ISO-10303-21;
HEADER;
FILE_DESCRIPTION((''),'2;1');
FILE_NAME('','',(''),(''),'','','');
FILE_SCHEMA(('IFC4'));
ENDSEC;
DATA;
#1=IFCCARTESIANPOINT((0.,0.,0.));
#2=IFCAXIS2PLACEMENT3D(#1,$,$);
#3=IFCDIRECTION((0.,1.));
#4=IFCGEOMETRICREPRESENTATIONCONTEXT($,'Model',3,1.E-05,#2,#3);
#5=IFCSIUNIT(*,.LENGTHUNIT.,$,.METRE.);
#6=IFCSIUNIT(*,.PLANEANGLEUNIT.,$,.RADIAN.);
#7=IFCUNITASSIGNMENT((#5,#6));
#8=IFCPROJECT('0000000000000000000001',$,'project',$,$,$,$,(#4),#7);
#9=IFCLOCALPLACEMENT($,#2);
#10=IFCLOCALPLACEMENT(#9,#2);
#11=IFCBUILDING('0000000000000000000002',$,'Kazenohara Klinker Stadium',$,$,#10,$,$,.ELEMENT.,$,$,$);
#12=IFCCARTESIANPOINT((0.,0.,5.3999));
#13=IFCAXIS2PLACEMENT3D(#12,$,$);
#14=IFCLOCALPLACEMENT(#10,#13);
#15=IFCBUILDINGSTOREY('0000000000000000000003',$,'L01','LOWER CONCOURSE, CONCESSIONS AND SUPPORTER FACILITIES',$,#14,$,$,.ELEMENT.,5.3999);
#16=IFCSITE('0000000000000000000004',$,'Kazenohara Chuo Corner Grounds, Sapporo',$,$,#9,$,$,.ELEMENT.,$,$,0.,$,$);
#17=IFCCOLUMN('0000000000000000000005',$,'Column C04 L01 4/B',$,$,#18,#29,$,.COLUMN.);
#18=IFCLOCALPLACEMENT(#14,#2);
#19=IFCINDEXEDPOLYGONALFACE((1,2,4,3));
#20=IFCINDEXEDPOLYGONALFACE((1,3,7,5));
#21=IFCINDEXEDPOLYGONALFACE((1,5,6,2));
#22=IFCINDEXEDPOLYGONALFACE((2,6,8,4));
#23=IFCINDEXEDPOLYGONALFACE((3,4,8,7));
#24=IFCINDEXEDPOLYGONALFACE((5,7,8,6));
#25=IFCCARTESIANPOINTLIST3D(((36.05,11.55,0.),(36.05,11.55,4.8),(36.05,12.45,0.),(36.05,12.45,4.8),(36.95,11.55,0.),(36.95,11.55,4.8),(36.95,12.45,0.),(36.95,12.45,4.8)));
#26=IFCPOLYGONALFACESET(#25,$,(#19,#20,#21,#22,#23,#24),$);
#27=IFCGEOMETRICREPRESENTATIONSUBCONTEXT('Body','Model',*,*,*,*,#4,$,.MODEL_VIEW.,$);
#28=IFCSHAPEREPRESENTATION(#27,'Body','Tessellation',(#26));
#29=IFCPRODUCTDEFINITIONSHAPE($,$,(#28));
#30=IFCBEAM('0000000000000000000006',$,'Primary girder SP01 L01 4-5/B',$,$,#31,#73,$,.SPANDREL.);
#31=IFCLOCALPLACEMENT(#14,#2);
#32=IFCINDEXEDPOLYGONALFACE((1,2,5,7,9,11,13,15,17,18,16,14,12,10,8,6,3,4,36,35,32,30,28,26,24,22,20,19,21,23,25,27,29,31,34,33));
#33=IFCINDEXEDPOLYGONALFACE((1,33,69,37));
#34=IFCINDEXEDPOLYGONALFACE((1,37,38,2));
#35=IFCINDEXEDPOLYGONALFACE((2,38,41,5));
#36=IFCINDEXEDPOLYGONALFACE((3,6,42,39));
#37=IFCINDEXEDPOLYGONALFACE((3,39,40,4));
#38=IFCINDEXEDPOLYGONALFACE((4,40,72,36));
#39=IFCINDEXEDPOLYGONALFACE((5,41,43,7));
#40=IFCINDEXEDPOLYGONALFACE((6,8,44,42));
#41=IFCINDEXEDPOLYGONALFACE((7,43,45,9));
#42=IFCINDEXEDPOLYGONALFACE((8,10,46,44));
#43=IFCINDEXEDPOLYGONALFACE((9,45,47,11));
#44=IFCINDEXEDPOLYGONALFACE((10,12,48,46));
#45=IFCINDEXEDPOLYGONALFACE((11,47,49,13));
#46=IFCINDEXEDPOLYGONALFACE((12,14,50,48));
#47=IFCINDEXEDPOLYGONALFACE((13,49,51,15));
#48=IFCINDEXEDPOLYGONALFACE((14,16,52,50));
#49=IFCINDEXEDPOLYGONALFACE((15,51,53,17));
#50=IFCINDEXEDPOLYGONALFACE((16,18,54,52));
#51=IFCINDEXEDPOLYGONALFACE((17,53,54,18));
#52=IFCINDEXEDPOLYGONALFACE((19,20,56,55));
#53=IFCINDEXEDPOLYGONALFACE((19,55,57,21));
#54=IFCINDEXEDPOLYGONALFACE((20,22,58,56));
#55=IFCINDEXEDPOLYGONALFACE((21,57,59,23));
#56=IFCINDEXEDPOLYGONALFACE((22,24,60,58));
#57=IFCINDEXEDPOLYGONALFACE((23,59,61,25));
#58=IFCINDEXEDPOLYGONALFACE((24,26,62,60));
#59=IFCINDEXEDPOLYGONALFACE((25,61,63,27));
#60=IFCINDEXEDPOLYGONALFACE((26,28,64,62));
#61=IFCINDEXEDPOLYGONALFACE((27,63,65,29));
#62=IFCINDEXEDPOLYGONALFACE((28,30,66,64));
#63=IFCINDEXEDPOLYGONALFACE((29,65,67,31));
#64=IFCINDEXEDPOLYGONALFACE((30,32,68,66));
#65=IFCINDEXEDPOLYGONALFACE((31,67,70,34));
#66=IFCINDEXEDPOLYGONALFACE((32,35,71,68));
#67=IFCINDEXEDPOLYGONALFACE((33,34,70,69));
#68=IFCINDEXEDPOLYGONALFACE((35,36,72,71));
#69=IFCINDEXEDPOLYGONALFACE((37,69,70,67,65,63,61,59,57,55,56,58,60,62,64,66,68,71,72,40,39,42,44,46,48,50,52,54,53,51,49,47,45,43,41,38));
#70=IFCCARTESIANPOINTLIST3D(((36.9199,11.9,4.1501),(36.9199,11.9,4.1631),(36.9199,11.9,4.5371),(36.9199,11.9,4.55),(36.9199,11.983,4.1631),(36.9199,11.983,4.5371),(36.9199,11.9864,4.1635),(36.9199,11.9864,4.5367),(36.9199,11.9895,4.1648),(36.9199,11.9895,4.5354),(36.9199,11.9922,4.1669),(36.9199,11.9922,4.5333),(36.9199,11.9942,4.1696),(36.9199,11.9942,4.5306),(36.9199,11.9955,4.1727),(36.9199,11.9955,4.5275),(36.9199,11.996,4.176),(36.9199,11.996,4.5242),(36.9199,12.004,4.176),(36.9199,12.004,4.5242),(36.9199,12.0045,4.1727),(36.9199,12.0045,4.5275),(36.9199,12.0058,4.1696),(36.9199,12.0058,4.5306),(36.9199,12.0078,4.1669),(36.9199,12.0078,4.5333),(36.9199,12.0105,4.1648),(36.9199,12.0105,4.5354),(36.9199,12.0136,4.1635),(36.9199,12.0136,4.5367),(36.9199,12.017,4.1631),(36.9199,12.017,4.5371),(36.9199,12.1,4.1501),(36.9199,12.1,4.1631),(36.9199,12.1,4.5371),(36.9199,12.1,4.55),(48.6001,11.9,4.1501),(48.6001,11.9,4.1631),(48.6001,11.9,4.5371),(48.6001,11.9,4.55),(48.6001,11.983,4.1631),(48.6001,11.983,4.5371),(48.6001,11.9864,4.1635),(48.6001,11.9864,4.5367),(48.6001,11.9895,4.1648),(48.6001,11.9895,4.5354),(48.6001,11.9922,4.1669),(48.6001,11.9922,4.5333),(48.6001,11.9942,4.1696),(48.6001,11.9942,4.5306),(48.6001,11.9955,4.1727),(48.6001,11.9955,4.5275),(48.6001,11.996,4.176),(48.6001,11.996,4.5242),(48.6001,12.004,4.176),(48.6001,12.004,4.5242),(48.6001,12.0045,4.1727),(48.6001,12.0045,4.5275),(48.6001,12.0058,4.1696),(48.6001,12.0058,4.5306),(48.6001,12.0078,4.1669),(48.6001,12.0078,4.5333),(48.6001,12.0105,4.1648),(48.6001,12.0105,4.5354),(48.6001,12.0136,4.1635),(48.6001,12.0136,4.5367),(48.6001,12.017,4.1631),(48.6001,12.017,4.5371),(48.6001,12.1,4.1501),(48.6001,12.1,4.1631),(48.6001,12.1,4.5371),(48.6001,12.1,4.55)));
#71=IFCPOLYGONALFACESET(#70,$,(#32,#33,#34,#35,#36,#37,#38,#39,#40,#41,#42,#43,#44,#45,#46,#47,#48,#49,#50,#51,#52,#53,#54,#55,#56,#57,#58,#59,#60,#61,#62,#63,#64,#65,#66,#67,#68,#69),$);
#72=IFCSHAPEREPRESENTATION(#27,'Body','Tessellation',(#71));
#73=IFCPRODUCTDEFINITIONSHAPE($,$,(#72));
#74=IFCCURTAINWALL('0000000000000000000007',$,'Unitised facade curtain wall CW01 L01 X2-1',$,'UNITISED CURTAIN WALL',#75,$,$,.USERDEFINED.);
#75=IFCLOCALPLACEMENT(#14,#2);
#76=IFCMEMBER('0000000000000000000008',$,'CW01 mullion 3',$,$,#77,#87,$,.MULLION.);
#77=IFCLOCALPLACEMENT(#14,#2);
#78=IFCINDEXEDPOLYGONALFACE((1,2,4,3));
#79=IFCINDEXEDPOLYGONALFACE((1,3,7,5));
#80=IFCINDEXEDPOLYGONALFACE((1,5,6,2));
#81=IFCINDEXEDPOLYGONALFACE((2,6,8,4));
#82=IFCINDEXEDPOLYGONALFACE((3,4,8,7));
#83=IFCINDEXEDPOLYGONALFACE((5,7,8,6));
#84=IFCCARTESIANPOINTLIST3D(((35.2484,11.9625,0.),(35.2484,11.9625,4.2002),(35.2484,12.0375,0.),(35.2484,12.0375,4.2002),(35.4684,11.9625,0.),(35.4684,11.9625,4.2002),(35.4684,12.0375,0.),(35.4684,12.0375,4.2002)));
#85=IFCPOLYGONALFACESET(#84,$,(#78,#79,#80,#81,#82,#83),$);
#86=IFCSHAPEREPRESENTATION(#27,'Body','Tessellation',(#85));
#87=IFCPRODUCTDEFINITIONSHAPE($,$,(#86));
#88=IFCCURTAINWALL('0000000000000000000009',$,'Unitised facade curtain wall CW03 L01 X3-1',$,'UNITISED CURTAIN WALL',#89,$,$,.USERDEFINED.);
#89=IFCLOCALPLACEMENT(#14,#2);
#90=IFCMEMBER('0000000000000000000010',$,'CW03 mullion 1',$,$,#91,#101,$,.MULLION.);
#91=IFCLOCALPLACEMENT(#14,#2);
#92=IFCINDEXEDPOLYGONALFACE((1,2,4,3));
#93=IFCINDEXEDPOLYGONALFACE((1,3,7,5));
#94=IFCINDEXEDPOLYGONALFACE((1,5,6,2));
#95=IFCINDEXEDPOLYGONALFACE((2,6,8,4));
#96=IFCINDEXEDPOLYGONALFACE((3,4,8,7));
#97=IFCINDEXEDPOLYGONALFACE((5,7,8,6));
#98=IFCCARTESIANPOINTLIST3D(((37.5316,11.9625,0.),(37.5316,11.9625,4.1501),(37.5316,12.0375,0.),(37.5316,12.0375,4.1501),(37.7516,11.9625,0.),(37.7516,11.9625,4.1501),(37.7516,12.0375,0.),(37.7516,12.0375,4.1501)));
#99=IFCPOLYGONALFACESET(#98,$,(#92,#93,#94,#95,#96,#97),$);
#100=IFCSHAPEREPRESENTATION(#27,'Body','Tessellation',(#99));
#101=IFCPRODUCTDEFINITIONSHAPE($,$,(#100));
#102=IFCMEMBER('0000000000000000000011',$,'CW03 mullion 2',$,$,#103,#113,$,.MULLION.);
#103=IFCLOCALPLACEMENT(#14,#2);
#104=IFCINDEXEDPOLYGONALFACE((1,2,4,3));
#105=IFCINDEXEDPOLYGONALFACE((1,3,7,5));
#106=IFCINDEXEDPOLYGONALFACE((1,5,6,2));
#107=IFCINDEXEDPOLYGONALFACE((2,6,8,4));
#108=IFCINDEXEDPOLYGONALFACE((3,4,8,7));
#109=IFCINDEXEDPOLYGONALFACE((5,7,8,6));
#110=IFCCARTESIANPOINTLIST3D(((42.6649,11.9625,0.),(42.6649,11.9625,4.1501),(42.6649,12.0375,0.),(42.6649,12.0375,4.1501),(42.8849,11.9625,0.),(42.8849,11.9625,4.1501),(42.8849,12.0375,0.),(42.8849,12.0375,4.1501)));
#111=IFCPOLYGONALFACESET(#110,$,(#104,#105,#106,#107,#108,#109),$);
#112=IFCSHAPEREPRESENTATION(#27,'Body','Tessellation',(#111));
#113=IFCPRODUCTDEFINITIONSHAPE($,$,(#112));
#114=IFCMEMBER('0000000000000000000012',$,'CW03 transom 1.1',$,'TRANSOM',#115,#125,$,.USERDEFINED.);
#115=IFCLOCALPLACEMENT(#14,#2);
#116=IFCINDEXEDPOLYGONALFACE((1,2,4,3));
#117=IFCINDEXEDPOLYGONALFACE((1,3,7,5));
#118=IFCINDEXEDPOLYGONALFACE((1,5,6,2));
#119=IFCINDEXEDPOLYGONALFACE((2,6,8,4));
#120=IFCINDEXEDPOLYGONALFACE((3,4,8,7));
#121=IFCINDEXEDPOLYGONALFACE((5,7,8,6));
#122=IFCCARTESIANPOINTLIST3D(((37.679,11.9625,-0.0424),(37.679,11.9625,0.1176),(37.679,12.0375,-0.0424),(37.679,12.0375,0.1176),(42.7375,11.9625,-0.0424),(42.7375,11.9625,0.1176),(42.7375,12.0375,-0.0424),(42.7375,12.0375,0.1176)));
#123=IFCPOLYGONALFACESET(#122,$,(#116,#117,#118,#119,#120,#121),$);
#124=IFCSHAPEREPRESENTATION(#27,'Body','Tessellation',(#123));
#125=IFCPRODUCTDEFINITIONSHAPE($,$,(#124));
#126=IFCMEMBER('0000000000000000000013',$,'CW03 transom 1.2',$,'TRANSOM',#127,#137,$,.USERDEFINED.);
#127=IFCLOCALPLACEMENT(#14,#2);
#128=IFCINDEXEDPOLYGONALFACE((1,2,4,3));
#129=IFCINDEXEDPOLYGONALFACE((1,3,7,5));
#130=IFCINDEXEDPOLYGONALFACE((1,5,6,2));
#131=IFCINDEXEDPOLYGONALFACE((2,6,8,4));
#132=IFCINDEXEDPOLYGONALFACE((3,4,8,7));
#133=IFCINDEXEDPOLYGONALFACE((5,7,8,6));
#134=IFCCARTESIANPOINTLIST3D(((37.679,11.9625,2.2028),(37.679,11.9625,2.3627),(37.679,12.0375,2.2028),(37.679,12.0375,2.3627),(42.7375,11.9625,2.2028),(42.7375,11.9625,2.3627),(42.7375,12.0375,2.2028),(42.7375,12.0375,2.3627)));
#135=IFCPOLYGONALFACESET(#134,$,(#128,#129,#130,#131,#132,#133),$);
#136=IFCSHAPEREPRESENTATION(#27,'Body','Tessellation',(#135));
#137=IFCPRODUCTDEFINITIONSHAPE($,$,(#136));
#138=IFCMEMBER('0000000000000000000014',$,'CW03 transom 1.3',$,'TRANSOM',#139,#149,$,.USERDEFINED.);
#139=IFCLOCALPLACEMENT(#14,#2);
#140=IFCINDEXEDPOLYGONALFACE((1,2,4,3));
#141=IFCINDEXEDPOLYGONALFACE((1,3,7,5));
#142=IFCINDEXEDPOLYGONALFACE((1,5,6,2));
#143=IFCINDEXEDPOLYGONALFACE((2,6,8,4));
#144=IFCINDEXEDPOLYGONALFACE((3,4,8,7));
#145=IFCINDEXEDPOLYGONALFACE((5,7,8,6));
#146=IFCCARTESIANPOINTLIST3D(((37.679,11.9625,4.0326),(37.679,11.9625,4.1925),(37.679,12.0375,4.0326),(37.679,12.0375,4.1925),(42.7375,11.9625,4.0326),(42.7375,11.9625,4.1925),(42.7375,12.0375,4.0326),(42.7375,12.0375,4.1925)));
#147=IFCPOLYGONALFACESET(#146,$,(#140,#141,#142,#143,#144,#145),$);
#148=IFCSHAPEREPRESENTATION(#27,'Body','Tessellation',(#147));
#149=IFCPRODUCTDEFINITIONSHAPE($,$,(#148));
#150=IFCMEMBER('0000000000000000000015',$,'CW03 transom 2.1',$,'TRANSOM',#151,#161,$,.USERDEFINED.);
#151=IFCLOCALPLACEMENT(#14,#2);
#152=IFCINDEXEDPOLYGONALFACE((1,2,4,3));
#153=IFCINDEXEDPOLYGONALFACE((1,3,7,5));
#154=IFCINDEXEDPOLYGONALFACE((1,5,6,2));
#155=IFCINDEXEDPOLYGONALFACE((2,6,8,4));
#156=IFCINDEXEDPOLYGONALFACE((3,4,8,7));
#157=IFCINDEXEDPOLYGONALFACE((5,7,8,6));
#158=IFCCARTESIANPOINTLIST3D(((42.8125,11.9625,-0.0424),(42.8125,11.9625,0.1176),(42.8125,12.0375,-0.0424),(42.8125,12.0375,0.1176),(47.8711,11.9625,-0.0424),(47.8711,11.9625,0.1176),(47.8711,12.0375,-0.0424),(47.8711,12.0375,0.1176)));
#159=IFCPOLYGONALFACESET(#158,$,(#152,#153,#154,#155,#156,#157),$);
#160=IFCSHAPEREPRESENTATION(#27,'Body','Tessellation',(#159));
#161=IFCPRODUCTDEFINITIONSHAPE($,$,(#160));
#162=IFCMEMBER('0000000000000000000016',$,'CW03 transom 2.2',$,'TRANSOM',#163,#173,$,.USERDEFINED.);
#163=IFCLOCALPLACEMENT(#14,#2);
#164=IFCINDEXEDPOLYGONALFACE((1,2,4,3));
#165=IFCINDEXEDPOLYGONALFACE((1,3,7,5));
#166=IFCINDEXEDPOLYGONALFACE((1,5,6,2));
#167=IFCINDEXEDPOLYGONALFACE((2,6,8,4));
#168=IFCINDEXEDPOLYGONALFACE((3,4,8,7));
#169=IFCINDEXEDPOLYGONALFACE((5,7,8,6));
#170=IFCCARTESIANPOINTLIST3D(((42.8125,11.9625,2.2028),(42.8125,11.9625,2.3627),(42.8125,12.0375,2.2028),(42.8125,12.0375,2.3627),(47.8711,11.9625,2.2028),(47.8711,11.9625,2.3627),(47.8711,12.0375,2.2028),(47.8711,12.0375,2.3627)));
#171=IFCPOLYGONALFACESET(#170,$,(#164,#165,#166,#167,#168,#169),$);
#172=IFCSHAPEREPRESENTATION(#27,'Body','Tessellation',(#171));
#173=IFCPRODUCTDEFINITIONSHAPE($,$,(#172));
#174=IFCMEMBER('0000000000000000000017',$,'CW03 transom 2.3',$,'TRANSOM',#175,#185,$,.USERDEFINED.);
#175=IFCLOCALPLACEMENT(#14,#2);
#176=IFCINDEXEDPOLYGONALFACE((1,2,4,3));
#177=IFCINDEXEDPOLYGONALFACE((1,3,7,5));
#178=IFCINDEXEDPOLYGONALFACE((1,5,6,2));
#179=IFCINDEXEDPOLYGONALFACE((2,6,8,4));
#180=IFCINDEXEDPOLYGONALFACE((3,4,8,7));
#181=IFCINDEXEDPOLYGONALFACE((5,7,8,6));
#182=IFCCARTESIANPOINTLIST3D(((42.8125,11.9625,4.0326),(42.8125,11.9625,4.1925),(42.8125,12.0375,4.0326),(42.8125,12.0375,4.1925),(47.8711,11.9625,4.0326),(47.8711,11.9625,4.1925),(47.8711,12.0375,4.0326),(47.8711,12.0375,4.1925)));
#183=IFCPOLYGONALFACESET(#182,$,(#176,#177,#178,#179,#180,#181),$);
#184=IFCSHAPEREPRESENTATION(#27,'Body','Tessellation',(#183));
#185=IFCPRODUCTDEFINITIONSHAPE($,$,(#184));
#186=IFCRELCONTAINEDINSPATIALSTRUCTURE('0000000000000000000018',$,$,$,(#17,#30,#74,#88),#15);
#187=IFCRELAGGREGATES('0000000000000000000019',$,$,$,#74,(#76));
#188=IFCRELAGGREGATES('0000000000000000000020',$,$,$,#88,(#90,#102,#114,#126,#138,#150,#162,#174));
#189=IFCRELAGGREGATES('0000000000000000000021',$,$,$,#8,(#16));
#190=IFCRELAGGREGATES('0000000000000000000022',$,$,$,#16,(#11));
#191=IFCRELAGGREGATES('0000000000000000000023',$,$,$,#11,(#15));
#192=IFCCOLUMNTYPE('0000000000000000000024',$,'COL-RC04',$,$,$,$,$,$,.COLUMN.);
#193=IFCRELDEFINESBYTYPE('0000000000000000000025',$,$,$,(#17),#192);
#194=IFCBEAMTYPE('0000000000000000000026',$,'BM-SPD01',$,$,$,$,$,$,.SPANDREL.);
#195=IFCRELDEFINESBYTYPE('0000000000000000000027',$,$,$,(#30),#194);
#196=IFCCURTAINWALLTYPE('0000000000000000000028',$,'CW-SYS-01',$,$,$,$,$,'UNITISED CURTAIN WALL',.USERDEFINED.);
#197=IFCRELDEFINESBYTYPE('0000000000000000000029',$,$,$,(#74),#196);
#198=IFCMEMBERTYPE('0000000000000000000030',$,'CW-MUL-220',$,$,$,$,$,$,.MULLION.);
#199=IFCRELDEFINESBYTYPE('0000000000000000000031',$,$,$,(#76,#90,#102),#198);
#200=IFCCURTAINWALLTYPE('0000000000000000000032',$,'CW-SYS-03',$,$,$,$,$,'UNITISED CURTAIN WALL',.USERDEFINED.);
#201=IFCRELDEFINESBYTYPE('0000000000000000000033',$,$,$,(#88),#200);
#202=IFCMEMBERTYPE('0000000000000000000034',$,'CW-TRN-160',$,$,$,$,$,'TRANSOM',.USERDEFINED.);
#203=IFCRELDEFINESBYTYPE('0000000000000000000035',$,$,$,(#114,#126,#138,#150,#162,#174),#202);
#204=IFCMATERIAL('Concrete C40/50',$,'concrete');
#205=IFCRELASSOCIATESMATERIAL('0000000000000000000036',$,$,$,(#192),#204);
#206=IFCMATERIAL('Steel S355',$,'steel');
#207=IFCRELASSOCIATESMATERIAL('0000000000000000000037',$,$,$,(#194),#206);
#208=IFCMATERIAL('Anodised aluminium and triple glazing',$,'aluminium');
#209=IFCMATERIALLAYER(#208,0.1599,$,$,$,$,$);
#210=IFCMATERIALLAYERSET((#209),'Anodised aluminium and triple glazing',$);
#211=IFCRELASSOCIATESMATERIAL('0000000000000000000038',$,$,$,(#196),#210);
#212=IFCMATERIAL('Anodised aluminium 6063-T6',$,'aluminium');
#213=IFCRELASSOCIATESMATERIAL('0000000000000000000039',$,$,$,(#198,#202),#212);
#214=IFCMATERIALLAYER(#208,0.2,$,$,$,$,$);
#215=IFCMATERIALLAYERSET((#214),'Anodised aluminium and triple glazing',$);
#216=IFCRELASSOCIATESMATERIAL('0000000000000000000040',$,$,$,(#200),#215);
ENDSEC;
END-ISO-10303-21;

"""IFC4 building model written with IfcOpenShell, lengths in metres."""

from ifc_helpers import new_model, si_unit, direction, frame, origin, origin_2d, place, context, subcontext, project, spatial, rectangle, i_section, extrude, material, layer, layer_set, material_profile, profile_set, type_object, element, aggregate, save


model = new_model("IFC4")

# Units and contexts
model_context = context("Model", 3, precision=1e-05, world=origin(), true_north=direction((0.0, 1.0)))
body_context = subcontext(model_context, "Body", "Model", "MODEL_VIEW")
ifc_project = project(units=[si_unit("LENGTHUNIT", "METRE"), si_unit("PLANEANGLEUNIT", "RADIAN")], contexts=[model_context])

# Site, building, storey
site_placement = place(None, origin())
site = spatial("IfcSite", under=ifc_project, at=site_placement, Name="Kazenohara Chuo Corner Grounds, Sapporo", CompositionType="ELEMENT", RefElevation=0.0)
building_placement = place(site_placement, origin())
building = spatial("IfcBuilding", under=site, at=building_placement, Name="Kazenohara Klinker Stadium", CompositionType="ELEMENT")
storey_placement = place(building_placement, frame((0.0, 0.0, 5.3999)))
storey = spatial("IfcBuildingStorey", under=building, at=storey_placement, Name="L01", Description="LOWER CONCOURSE, CONCESSIONS AND SUPPORTER FACILITIES", CompositionType="ELEMENT", Elevation=5.3999)

# Column
ifc_material_1 = material(Name="Concrete C40/50", Category="concrete")
ifc_material_profile_1 = material_profile(ifc_material_1, rectangle(XDim=0.8999, YDim=0.8999, at=origin_2d()), Name="RC-COL-900x900")
ifc_profile_set_1 = profile_set([ifc_material_profile_1], Name="Concrete C40/50")
column_type = type_object("IfcColumnType", Name="COL-RC04", PredefinedType="COLUMN", material=ifc_profile_set_1)
column_placement = place(storey_placement, frame((36.5, 12.0, 0.0), z_axis=(0.0, 0.0, 1.0), x_axis=(1.0, 0.0, 0.0)))
element("IfcColumn", 1, at=column_placement, inside=storey, type_object=column_type, Name="Column C04 L01 4/B", PredefinedType="COLUMN", context=body_context, shape_type="SweptSolid", body=[
    extrude(rectangle(XDim=0.8999, YDim=0.8999, at=origin_2d()), origin(), (0.0, 0.0, 1.0), 4.8),
])

# Beam
ifc_material_2 = material(Name="Steel S355", Category="steel")
ifc_material_profile_2 = material_profile(ifc_material_2, i_section(OverallWidth=0.2, OverallDepth=0.3999, WebThickness=0.0081, FlangeThickness=0.0129, FilletRadius=0.0129, at=origin_2d()), Name="H-400x200x8x13")
ifc_profile_set_2 = profile_set([ifc_material_profile_2], Name="Steel S355")
beam_type = type_object("IfcBeamType", Name="BM-SPD01", PredefinedType="SPANDREL", material=ifc_profile_set_2)
beam_placement = place(storey_placement, frame((36.9199, 12.0, 4.3501), z_axis=(1.0, 0.0, 0.0), x_axis=(0.0, 1.0, 0.0)))
element("IfcBeam", 2, at=beam_placement, inside=storey, type_object=beam_type, Name="Primary girder SP01 L01 4-5/B", PredefinedType="SPANDREL", context=body_context, shape_type="SweptSolid", body=[
    extrude(i_section(OverallWidth=0.2, OverallDepth=0.3999, WebThickness=0.0081, FlangeThickness=0.0129, FilletRadius=0.0129, at=origin_2d()), origin(), (0.0, 0.0, 1.0), 11.6802),
])

# Curtain wall, member
ifc_material_3 = material(Name="Anodised aluminium and triple glazing", Category="aluminium")
ifc_layer_1 = layer(ifc_material_3, 0.1599)
ifc_layer_set_1 = layer_set([ifc_layer_1], Name="Anodised aluminium and triple glazing")
curtain_wall_type_1 = type_object("IfcCurtainWallType", Name="CW-SYS-01", ElementType="UNITISED CURTAIN WALL", PredefinedType="USERDEFINED", material=ifc_layer_set_1)
curtain_wall_1_placement = place(storey_placement, origin())
curtain_wall_1 = element("IfcCurtainWall", 3, at=curtain_wall_1_placement, inside=storey, type_object=curtain_wall_type_1, Name="Unitised facade curtain wall CW01 L01 X2-1", ObjectType="UNITISED CURTAIN WALL", PredefinedType="USERDEFINED")
ifc_material_4 = material(Name="Anodised aluminium 6063-T6", Category="aluminium")
ifc_material_profile_3 = material_profile(ifc_material_4, rectangle(XDim=0.075, YDim=0.22, at=origin_2d()), Name="ALU-MUL-75x220")
ifc_profile_set_3 = profile_set([ifc_material_profile_3], Name="Anodised aluminium 6063-T6")
member_type_1 = type_object("IfcMemberType", Name="CW-MUL-220", PredefinedType="MULLION", material=ifc_profile_set_3)
member_1_placement = place(storey_placement, frame((35.3584, 12.0, 0.0), z_axis=(0.0, 0.0, 1.0), x_axis=(0.0, 1.0, 0.0)))
member_1 = element("IfcMember", 4, at=member_1_placement, type_object=member_type_1, Name="CW01 mullion 3", PredefinedType="MULLION", context=body_context, shape_type="SweptSolid", body=[
    extrude(rectangle(XDim=0.075, YDim=0.22, at=origin_2d()), origin(), (0.0, 0.0, 1.0), 4.2002),
])

# Curtain wall, members
ifc_layer_2 = layer(ifc_material_3, 0.2)
ifc_layer_set_2 = layer_set([ifc_layer_2], Name="Anodised aluminium and triple glazing")
curtain_wall_type_2 = type_object("IfcCurtainWallType", Name="CW-SYS-03", ElementType="UNITISED CURTAIN WALL", PredefinedType="USERDEFINED", material=ifc_layer_set_2)
curtain_wall_2_placement = place(storey_placement, origin())
curtain_wall_2 = element("IfcCurtainWall", 5, at=curtain_wall_2_placement, inside=storey, type_object=curtain_wall_type_2, Name="Unitised facade curtain wall CW03 L01 X3-1", ObjectType="UNITISED CURTAIN WALL", PredefinedType="USERDEFINED")
member_2_placement = place(storey_placement, frame((37.6416, 12.0, 0.0), z_axis=(0.0, 0.0, 1.0), x_axis=(0.0, 1.0, 0.0)))
member_2 = element("IfcMember", 6, at=member_2_placement, type_object=member_type_1, Name="CW03 mullion 1", PredefinedType="MULLION", context=body_context, shape_type="SweptSolid", body=[
    extrude(rectangle(XDim=0.075, YDim=0.22, at=origin_2d()), origin(), (0.0, 0.0, 1.0), 4.1501),
])
member_3_placement = place(storey_placement, frame((42.7749, 12.0, 0.0), z_axis=(0.0, 0.0, 1.0), x_axis=(0.0, 1.0, 0.0)))
member_3 = element("IfcMember", 7, at=member_3_placement, type_object=member_type_1, Name="CW03 mullion 2", PredefinedType="MULLION", context=body_context, shape_type="SweptSolid", body=[
    extrude(rectangle(XDim=0.075, YDim=0.22, at=origin_2d()), origin(), (0.0, 0.0, 1.0), 4.1501),
])
ifc_material_profile_4 = material_profile(ifc_material_4, rectangle(XDim=0.075, YDim=0.1599, at=origin_2d()), Name="ALU-TRN-75x160")
ifc_profile_set_4 = profile_set([ifc_material_profile_4], Name="Anodised aluminium 6063-T6")
member_type_2 = type_object("IfcMemberType", Name="CW-TRN-160", ElementType="TRANSOM", PredefinedType="USERDEFINED", material=ifc_profile_set_4)
member_4_placement = place(storey_placement, frame((37.679, 12.0, 0.0376), z_axis=(1.0, 0.0, 0.0), x_axis=(0.0, 1.0, 0.0)))
member_4 = element("IfcMember", 8, at=member_4_placement, type_object=member_type_2, Name="CW03 transom 1.1", ObjectType="TRANSOM", PredefinedType="USERDEFINED", context=body_context, shape_type="SweptSolid", body=[
    extrude(rectangle(XDim=0.075, YDim=0.1599, at=origin_2d()), origin(), (0.0, 0.0, 1.0), 5.0586),
])
member_5_placement = place(storey_placement, frame((37.679, 12.0, 2.2827), z_axis=(1.0, 0.0, 0.0), x_axis=(0.0, 1.0, 0.0)))
member_5 = element("IfcMember", 9, at=member_5_placement, type_object=member_type_2, Name="CW03 transom 1.2", ObjectType="TRANSOM", PredefinedType="USERDEFINED", context=body_context, shape_type="SweptSolid", body=[
    extrude(rectangle(XDim=0.075, YDim=0.1599, at=origin_2d()), origin(), (0.0, 0.0, 1.0), 5.0586),
])
member_6_placement = place(storey_placement, frame((37.679, 12.0, 4.1125), z_axis=(1.0, 0.0, 0.0), x_axis=(0.0, 1.0, 0.0)))
member_6 = element("IfcMember", 10, at=member_6_placement, type_object=member_type_2, Name="CW03 transom 1.3", ObjectType="TRANSOM", PredefinedType="USERDEFINED", context=body_context, shape_type="SweptSolid", body=[
    extrude(rectangle(XDim=0.075, YDim=0.1599, at=origin_2d()), origin(), (0.0, 0.0, 1.0), 5.0586),
])
member_7_placement = place(storey_placement, frame((42.8125, 12.0, 0.0376), z_axis=(1.0, 0.0, 0.0), x_axis=(0.0, 1.0, 0.0)))
member_7 = element("IfcMember", 11, at=member_7_placement, type_object=member_type_2, Name="CW03 transom 2.1", ObjectType="TRANSOM", PredefinedType="USERDEFINED", context=body_context, shape_type="SweptSolid", body=[
    extrude(rectangle(XDim=0.075, YDim=0.1599, at=origin_2d()), origin(), (0.0, 0.0, 1.0), 5.0586),
])
member_8_placement = place(storey_placement, frame((42.8125, 12.0, 2.2827), z_axis=(1.0, 0.0, 0.0), x_axis=(0.0, 1.0, 0.0)))
member_8 = element("IfcMember", 12, at=member_8_placement, type_object=member_type_2, Name="CW03 transom 2.2", ObjectType="TRANSOM", PredefinedType="USERDEFINED", context=body_context, shape_type="SweptSolid", body=[
    extrude(rectangle(XDim=0.075, YDim=0.1599, at=origin_2d()), origin(), (0.0, 0.0, 1.0), 5.0586),
])
member_9_placement = place(storey_placement, frame((42.8125, 12.0, 4.1125), z_axis=(1.0, 0.0, 0.0), x_axis=(0.0, 1.0, 0.0)))
member_9 = element("IfcMember", 13, at=member_9_placement, type_object=member_type_2, Name="CW03 transom 2.3", ObjectType="TRANSOM", PredefinedType="USERDEFINED", context=body_context, shape_type="SweptSolid", body=[
    extrude(rectangle(XDim=0.075, YDim=0.1599, at=origin_2d()), origin(), (0.0, 0.0, 1.0), 5.0586),
])

aggregate(curtain_wall_1, [member_1])
aggregate(curtain_wall_2, [member_2, member_3, member_4, member_5, member_6, member_7, member_8, member_9])

save(model, "model.ifc")
